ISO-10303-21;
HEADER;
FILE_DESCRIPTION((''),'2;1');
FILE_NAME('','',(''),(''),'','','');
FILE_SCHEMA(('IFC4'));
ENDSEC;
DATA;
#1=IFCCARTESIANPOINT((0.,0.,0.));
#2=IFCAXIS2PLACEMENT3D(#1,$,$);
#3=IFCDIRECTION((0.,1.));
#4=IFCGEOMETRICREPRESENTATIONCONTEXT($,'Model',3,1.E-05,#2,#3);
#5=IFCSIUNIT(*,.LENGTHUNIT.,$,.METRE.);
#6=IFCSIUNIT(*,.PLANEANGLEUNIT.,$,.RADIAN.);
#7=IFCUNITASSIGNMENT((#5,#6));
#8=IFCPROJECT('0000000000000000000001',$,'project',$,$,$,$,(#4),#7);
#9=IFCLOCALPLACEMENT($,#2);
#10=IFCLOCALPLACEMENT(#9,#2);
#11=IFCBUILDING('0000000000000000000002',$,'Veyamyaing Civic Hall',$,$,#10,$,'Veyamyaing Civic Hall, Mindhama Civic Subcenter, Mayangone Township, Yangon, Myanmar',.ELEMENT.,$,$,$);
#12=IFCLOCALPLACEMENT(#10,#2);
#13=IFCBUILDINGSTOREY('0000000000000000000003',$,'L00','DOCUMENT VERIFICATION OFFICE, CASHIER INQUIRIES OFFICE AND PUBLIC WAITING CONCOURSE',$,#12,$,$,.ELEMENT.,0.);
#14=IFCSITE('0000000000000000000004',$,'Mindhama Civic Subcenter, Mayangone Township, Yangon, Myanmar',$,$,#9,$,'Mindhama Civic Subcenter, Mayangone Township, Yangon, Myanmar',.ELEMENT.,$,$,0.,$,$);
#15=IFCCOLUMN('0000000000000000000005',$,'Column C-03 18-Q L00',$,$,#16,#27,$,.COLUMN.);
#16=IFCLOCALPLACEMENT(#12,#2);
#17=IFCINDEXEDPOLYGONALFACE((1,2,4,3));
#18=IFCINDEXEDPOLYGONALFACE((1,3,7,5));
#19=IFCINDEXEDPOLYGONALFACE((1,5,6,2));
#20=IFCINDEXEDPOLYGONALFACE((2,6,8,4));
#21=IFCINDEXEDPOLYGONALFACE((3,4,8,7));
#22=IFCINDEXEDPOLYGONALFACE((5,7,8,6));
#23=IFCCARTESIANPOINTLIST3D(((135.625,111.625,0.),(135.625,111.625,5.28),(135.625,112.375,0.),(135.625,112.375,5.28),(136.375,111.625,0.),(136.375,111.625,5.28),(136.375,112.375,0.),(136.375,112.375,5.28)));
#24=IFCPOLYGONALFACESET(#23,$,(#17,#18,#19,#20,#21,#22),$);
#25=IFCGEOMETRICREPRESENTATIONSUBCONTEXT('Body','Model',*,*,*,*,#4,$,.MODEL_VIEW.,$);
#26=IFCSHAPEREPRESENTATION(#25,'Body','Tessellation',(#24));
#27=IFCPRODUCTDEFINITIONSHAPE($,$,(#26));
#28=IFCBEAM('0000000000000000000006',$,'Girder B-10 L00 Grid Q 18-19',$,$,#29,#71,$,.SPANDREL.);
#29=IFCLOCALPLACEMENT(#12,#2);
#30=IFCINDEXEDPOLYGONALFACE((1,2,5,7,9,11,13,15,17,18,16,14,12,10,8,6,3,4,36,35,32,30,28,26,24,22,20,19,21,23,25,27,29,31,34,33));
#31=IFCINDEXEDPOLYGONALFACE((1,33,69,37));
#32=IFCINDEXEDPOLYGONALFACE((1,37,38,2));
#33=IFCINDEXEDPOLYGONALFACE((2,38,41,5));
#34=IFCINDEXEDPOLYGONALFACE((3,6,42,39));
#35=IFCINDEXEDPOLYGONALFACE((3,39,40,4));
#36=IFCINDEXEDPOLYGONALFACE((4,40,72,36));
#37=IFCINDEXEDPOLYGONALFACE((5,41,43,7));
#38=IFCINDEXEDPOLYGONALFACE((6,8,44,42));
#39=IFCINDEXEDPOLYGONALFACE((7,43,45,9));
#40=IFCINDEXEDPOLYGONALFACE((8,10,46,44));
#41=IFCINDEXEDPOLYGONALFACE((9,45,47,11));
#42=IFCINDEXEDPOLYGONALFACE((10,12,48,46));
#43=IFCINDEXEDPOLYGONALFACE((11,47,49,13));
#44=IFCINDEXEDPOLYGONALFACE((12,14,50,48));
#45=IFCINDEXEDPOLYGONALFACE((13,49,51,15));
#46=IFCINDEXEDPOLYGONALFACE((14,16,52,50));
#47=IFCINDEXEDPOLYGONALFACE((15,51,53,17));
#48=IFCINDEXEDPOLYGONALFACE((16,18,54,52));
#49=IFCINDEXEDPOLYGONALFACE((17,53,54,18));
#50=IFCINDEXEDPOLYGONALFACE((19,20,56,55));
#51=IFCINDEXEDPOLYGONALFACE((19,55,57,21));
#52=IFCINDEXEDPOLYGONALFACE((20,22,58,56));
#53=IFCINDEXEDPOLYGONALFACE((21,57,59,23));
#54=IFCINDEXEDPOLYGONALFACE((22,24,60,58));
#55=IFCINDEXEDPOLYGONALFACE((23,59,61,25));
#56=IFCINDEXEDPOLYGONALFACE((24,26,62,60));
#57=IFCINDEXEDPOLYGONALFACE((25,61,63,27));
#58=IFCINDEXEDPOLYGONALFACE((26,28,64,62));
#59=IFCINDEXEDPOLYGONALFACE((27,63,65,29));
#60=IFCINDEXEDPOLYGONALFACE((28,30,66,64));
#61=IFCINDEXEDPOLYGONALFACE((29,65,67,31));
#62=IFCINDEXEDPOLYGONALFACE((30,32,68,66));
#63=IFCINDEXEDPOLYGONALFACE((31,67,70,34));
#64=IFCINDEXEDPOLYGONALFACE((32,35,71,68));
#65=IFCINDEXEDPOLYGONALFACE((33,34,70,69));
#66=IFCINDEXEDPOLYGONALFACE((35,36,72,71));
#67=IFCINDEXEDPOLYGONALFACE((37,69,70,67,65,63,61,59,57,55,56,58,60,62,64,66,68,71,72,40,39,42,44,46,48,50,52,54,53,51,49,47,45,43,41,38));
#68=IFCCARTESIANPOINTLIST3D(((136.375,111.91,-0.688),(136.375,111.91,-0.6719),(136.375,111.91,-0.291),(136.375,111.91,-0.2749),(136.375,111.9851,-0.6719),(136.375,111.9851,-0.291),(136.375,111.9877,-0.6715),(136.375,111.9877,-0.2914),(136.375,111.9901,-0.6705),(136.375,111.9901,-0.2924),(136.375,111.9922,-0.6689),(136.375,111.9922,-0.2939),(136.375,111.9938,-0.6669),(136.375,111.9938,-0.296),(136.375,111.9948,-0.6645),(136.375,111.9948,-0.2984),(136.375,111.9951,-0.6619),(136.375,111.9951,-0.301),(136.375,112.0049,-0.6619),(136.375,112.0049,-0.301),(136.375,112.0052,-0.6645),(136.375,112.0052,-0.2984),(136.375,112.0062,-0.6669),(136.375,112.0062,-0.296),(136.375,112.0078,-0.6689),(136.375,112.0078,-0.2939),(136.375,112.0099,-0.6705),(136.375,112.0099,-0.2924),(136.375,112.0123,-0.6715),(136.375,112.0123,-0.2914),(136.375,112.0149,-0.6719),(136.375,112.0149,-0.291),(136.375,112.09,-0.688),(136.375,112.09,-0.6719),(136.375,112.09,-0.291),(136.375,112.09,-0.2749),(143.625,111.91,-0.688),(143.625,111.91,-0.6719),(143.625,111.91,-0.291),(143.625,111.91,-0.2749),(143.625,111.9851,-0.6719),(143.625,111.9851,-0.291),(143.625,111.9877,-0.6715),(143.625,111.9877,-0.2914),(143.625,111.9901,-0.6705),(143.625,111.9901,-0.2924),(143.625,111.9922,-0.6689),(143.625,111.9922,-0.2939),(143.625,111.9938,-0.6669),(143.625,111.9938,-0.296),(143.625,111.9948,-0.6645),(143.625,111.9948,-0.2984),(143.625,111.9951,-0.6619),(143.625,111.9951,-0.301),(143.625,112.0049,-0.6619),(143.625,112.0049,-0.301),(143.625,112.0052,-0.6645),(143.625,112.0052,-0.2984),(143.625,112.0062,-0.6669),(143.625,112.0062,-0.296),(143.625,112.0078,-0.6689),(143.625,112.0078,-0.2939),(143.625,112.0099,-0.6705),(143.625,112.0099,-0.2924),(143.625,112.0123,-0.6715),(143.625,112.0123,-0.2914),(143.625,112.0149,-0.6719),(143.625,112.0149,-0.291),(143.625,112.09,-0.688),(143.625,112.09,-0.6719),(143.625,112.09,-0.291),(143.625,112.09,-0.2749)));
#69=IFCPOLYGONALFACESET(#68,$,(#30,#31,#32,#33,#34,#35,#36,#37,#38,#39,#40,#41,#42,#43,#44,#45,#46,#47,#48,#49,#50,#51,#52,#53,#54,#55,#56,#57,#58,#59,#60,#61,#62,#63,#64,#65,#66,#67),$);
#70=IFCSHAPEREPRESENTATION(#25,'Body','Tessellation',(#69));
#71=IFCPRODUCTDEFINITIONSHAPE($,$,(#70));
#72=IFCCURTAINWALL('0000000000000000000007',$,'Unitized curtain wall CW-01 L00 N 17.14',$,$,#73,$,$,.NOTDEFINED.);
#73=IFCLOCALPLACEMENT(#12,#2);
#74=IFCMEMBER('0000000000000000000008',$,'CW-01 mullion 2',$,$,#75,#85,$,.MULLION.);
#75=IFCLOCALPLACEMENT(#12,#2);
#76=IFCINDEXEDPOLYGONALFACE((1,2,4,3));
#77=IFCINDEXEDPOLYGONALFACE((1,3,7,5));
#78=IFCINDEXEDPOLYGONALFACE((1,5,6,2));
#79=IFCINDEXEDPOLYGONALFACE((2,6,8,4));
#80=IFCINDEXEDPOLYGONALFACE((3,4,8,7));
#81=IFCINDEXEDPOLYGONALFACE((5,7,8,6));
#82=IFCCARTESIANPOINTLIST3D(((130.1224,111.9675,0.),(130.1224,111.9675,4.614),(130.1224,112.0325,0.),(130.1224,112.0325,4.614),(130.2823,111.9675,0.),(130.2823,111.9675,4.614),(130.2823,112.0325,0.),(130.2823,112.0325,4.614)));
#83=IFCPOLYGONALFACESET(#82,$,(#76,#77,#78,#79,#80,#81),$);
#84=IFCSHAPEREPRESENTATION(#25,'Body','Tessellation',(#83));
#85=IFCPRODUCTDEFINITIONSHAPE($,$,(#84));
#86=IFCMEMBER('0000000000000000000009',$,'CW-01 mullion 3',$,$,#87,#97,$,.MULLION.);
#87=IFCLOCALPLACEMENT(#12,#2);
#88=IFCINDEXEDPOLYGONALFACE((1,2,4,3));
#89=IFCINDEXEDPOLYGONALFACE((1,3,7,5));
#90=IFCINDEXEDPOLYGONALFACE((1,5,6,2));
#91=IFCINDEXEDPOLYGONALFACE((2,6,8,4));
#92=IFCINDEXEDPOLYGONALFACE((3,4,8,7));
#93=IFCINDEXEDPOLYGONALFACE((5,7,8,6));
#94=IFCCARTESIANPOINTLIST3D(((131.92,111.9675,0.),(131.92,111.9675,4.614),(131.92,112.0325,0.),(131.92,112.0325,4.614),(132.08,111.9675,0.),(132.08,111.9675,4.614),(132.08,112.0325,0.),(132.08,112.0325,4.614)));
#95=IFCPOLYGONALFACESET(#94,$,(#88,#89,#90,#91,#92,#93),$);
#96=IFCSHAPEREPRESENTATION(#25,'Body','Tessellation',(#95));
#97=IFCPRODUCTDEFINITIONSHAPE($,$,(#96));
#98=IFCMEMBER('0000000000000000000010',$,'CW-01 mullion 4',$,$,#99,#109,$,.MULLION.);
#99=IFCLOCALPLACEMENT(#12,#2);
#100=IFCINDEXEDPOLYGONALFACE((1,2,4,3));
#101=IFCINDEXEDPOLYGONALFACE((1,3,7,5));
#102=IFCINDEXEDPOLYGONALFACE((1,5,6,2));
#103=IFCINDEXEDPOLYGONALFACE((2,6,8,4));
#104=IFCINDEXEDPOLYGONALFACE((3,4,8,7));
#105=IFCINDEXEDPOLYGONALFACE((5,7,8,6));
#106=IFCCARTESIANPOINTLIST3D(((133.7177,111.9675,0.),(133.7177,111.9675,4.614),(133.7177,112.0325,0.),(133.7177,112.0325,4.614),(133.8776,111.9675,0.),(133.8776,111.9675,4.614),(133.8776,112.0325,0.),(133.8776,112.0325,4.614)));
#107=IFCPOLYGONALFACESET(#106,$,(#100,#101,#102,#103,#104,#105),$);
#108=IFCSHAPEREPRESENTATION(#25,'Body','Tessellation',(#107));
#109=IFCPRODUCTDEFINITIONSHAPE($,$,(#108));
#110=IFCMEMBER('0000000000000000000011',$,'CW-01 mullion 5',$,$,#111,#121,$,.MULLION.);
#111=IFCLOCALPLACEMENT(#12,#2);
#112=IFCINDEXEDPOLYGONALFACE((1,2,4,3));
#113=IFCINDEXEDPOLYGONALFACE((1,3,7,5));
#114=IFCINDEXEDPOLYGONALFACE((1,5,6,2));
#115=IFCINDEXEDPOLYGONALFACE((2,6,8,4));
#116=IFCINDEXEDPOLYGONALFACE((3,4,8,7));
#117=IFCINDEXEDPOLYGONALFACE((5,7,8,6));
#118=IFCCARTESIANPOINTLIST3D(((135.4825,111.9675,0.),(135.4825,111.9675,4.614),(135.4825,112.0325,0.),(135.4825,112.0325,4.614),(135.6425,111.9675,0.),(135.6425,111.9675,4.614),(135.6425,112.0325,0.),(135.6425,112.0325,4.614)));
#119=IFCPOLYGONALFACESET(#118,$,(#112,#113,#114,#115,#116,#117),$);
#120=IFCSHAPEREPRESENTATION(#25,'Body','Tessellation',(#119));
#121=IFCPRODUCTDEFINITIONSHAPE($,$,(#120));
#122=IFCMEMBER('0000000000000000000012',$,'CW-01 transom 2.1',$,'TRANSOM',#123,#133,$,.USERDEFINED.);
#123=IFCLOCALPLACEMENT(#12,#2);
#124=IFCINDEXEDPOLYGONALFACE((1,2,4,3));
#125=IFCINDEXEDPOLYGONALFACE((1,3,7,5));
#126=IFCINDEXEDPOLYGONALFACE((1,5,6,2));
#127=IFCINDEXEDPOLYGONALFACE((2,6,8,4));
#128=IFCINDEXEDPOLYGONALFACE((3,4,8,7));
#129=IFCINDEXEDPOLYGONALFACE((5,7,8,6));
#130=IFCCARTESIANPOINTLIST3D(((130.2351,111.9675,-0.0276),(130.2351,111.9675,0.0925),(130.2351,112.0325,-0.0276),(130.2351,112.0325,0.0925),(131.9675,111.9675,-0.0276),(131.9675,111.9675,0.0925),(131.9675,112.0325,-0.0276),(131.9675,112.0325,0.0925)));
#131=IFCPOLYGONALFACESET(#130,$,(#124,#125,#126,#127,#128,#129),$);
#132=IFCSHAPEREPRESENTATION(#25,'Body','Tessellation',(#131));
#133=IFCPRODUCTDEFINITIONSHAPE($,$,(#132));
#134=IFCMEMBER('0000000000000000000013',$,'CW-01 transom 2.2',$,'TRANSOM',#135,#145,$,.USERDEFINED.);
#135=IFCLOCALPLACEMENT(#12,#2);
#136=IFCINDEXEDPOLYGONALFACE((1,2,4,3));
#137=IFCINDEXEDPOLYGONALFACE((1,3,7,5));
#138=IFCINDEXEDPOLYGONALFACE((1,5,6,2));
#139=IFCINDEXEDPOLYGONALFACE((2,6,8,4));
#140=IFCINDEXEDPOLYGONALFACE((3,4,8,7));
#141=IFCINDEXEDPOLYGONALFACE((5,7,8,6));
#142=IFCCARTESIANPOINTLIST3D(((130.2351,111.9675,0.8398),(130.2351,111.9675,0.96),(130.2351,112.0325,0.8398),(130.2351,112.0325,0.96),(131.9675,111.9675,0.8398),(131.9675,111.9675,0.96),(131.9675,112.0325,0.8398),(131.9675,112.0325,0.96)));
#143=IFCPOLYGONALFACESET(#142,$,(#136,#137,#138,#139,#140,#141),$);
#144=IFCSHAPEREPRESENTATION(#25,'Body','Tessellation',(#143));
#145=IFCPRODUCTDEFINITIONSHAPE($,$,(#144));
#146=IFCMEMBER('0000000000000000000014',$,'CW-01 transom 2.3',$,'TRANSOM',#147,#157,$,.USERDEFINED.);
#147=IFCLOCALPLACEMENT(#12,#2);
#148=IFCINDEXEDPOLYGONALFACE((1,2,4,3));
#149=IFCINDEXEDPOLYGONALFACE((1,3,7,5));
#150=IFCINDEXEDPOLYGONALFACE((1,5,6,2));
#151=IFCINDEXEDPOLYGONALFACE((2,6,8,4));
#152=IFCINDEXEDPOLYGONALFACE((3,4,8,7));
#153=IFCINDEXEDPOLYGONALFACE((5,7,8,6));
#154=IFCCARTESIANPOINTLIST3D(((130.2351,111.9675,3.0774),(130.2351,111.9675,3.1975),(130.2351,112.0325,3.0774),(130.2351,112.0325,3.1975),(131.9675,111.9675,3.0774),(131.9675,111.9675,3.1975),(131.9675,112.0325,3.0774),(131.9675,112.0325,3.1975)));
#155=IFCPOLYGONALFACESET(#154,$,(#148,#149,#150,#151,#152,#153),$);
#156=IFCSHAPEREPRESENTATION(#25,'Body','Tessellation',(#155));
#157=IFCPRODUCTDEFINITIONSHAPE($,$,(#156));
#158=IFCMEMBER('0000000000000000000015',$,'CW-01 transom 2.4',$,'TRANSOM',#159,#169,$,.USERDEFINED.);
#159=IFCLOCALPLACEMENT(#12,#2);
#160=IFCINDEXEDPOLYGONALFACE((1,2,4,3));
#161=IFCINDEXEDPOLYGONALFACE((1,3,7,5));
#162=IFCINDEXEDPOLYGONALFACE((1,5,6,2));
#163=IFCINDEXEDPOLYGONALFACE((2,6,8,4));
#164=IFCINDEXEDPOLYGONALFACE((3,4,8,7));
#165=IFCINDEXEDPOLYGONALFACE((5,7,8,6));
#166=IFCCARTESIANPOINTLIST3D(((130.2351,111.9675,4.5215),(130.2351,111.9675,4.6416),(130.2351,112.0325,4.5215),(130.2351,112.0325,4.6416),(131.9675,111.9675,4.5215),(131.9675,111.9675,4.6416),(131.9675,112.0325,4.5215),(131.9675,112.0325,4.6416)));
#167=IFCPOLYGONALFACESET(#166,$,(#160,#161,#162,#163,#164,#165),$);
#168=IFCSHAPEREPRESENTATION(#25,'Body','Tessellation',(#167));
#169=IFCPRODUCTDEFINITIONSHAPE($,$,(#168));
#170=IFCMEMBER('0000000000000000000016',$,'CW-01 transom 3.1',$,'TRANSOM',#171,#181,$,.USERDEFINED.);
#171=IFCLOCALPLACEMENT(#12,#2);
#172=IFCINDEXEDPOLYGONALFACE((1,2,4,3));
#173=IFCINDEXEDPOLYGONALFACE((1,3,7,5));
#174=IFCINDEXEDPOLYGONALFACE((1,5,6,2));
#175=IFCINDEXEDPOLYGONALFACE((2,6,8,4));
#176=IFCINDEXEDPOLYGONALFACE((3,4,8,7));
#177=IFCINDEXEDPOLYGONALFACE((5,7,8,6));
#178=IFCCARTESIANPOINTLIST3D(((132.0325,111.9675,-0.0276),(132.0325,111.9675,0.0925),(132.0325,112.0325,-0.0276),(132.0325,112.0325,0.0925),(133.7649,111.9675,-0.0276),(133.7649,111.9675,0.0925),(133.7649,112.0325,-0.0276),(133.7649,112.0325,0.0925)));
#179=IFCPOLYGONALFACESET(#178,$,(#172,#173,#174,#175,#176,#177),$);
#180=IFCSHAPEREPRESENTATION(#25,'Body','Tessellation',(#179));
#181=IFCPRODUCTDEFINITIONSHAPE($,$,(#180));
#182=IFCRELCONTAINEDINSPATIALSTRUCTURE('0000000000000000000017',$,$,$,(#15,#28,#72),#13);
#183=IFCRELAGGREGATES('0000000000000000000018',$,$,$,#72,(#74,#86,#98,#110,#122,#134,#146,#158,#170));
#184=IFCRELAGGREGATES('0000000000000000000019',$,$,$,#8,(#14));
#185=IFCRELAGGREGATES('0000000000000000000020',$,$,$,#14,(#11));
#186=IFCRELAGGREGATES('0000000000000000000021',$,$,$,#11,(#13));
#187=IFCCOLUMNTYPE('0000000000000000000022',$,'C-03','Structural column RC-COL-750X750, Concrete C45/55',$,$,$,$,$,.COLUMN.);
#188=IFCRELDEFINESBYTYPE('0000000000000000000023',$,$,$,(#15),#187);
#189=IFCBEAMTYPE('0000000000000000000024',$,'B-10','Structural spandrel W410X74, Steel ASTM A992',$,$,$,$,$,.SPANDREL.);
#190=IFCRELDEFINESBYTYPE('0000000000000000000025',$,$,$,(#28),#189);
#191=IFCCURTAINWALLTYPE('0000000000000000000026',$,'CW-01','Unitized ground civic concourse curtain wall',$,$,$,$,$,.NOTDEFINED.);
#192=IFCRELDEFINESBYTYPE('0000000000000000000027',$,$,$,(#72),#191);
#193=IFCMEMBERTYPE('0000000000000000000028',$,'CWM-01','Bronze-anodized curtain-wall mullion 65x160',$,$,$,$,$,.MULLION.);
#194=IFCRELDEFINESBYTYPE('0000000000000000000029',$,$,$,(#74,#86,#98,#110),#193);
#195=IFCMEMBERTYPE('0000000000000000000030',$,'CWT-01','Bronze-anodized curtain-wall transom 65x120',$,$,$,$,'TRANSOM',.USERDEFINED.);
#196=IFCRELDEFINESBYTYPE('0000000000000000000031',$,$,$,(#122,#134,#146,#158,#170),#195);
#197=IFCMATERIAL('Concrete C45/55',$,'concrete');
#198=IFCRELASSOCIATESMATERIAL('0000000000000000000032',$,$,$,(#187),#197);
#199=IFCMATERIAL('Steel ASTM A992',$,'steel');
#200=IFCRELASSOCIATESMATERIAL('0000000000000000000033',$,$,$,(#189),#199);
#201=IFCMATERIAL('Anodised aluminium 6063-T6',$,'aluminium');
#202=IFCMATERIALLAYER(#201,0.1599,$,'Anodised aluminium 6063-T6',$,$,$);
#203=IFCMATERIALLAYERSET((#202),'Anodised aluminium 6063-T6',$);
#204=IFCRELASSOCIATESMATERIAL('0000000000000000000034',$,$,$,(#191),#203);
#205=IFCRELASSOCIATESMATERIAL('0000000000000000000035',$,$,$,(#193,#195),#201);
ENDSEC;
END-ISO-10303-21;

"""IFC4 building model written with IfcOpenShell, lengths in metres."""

from ifc_helpers import new_model, si_unit, direction, frame, origin, origin_2d, place, context, subcontext, project, spatial, rectangle, i_section, extrude, material, layer, layer_set, material_profile, profile_set, type_object, element, aggregate, save


model = new_model("IFC4")

# Units and contexts
model_context = context("Model", 3, precision=1e-05, world=origin(), true_north=direction((0.0, 1.0)))
body_context = subcontext(model_context, "Body", "Model", "MODEL_VIEW")
ifc_project = project(units=[si_unit("LENGTHUNIT", "METRE"), si_unit("PLANEANGLEUNIT", "RADIAN")], contexts=[model_context])

# Site, building, storey
site_placement = place(None, origin())
site = spatial("IfcSite", under=ifc_project, at=site_placement, Name="Mindhama Civic Subcenter, Mayangone Township, Yangon, Myanmar", LongName="Mindhama Civic Subcenter, Mayangone Township, Yangon, Myanmar", CompositionType="ELEMENT", RefElevation=0.0)
building_placement = place(site_placement, origin())
building = spatial("IfcBuilding", under=site, at=building_placement, Name="Veyamyaing Civic Hall", LongName="Veyamyaing Civic Hall, Mindhama Civic Subcenter, Mayangone Township, Yangon, Myanmar", CompositionType="ELEMENT")
storey_placement = place(building_placement, origin())
storey = spatial("IfcBuildingStorey", under=building, at=storey_placement, Name="L00", Description="DOCUMENT VERIFICATION OFFICE, CASHIER INQUIRIES OFFICE AND PUBLIC WAITING CONCOURSE", CompositionType="ELEMENT", Elevation=0.0)

# Column
ifc_material_1 = material(Name="Concrete C45/55", Category="concrete")
ifc_material_profile_1 = material_profile(ifc_material_1, rectangle(XDim=0.75, YDim=0.75, at=origin_2d()), Name="RC-COL-750X750")
ifc_profile_set_1 = profile_set([ifc_material_profile_1], Name="Concrete C45/55")
column_type = type_object("IfcColumnType", Name="C-03", Description="Structural column RC-COL-750X750, Concrete C45/55", PredefinedType="COLUMN", material=ifc_profile_set_1)
column_placement = place(storey_placement, frame((136.0, 112.0, 0.0), z_axis=(0.0, 0.0, 1.0), x_axis=(1.0, 0.0, 0.0)))
element("IfcColumn", 1, at=column_placement, inside=storey, type_object=column_type, Name="Column C-03 18-Q L00", PredefinedType="COLUMN", context=body_context, shape_type="SweptSolid", body=[
    extrude(rectangle(XDim=0.75, YDim=0.75, at=origin_2d()), origin(), (0.0, 0.0, 1.0), 5.28),
])

# Beam
ifc_material_2 = material(Name="Steel ASTM A992", Category="steel")
ifc_material_profile_2 = material_profile(ifc_material_2, i_section(OverallWidth=0.1799, OverallDepth=0.4131, WebThickness=0.0098, FlangeThickness=0.0161, FilletRadius=0.01, at=origin_2d()), Name="W410X74")
ifc_profile_set_2 = profile_set([ifc_material_profile_2], Name="Steel ASTM A992")
beam_type_1 = type_object("IfcBeamType", Name="B-10", Description="Structural spandrel W410X74, Steel ASTM A992", PredefinedType="SPANDREL", material=ifc_profile_set_2)
beam_1_placement = place(storey_placement, frame((136.375, 112.0, -0.4814), z_axis=(1.0, 0.0, 0.0), x_axis=(0.0, 1.0, 0.0)))
element("IfcBeam", 2, at=beam_1_placement, inside=storey, type_object=beam_type_1, Name="Girder B-10 L00 Grid Q 18-19", PredefinedType="SPANDREL", context=body_context, shape_type="SweptSolid", body=[
    extrude(i_section(OverallWidth=0.1799, OverallDepth=0.4131, WebThickness=0.0098, FlangeThickness=0.0161, FilletRadius=0.01, at=origin_2d()), origin(), (0.0, 0.0, 1.0), 7.25),
])

# Curtain wall, members
ifc_material_3 = material(Name="Anodised aluminium 6063-T6", Category="aluminium")
ifc_layer_1 = layer(ifc_material_3, 0.1599, Name="Anodised aluminium 6063-T6")
ifc_layer_set_1 = layer_set([ifc_layer_1], Name="Anodised aluminium 6063-T6")
curtain_wall_type = type_object("IfcCurtainWallType", Name="CW-01", Description="Unitized ground civic concourse curtain wall", PredefinedType="NOTDEFINED", material=ifc_layer_set_1)
curtain_wall_placement = place(storey_placement, origin())
curtain_wall = element("IfcCurtainWall", 3, at=curtain_wall_placement, inside=storey, type_object=curtain_wall_type, Name="Unitized curtain wall CW-01 L00 N 17.14", PredefinedType="NOTDEFINED")
ifc_material_profile_3 = material_profile(ifc_material_3, rectangle(XDim=0.0649, YDim=0.1599, at=origin_2d()), Name="ALU-MUL-65X160")
ifc_profile_set_3 = profile_set([ifc_material_profile_3], Name="Anodised aluminium 6063-T6")
member_type_1 = type_object("IfcMemberType", Name="CWM-01", Description="Bronze-anodized curtain-wall mullion 65x160", PredefinedType="MULLION", material=ifc_profile_set_3)
member_1_placement = place(storey_placement, frame((130.2024, 112.0, 0.0), z_axis=(0.0, 0.0, 1.0), x_axis=(0.0, 1.0, 0.0)))
member_1 = element("IfcMember", 4, at=member_1_placement, type_object=member_type_1, Name="CW-01 mullion 2", PredefinedType="MULLION", context=body_context, shape_type="SweptSolid", body=[
    extrude(rectangle(XDim=0.0649, YDim=0.1599, at=origin_2d()), origin(), (0.0, 0.0, 1.0), 4.614),
])
member_2_placement = place(storey_placement, frame((132.0, 112.0, 0.0), z_axis=(0.0, 0.0, 1.0), x_axis=(0.0, 1.0, 0.0)))
member_2 = element("IfcMember", 5, at=member_2_placement, type_object=member_type_1, Name="CW-01 mullion 3", PredefinedType="MULLION", context=body_context, shape_type="SweptSolid", body=[
    extrude(rectangle(XDim=0.0649, YDim=0.1599, at=origin_2d()), origin(), (0.0, 0.0, 1.0), 4.614),
])
member_3_placement = place(storey_placement, frame((133.7976, 112.0, 0.0), z_axis=(0.0, 0.0, 1.0), x_axis=(0.0, 1.0, 0.0)))
member_3 = element("IfcMember", 6, at=member_3_placement, type_object=member_type_1, Name="CW-01 mullion 4", PredefinedType="MULLION", context=body_context, shape_type="SweptSolid", body=[
    extrude(rectangle(XDim=0.0649, YDim=0.1599, at=origin_2d()), origin(), (0.0, 0.0, 1.0), 4.614),
])
member_4_placement = place(storey_placement, frame((135.5625, 112.0, 0.0), z_axis=(0.0, 0.0, 1.0), x_axis=(0.0, 1.0, 0.0)))
member_4 = element("IfcMember", 7, at=member_4_placement, type_object=member_type_1, Name="CW-01 mullion 5", PredefinedType="MULLION", context=body_context, shape_type="SweptSolid", body=[
    extrude(rectangle(XDim=0.0649, YDim=0.1599, at=origin_2d()), origin(), (0.0, 0.0, 1.0), 4.614),
])
ifc_material_profile_4 = material_profile(ifc_material_3, rectangle(XDim=0.0649, YDim=0.1201, at=origin_2d()), Name="ALU-TRN-65X120")
ifc_profile_set_4 = profile_set([ifc_material_profile_4], Name="Anodised aluminium 6063-T6")
member_type_2 = type_object("IfcMemberType", Name="CWT-01", Description="Bronze-anodized curtain-wall transom 65x120", ElementType="TRANSOM", PredefinedType="USERDEFINED", material=ifc_profile_set_4)
member_5_placement = place(storey_placement, frame((130.2351, 112.0, 0.0325), z_axis=(1.0, 0.0, 0.0), x_axis=(0.0, 1.0, 0.0)))
member_5 = element("IfcMember", 8, at=member_5_placement, type_object=member_type_2, Name="CW-01 transom 2.1", ObjectType="TRANSOM", PredefinedType="USERDEFINED", context=body_context, shape_type="SweptSolid", body=[
    extrude(rectangle(XDim=0.0649, YDim=0.1201, at=origin_2d()), origin(), (0.0, 0.0, 1.0), 1.7324),
])
member_6_placement = place(storey_placement, frame((130.2351, 112.0, 0.8999), z_axis=(1.0, 0.0, 0.0), x_axis=(0.0, 1.0, 0.0)))
member_6 = element("IfcMember", 9, at=member_6_placement, type_object=member_type_2, Name="CW-01 transom 2.2", ObjectType="TRANSOM", PredefinedType="USERDEFINED", context=body_context, shape_type="SweptSolid", body=[
    extrude(rectangle(XDim=0.0649, YDim=0.1201, at=origin_2d()), origin(), (0.0, 0.0, 1.0), 1.7324),
])
member_7_placement = place(storey_placement, frame((130.2351, 112.0, 3.1375), z_axis=(1.0, 0.0, 0.0), x_axis=(0.0, 1.0, 0.0)))
member_7 = element("IfcMember", 10, at=member_7_placement, type_object=member_type_2, Name="CW-01 transom 2.3", ObjectType="TRANSOM", PredefinedType="USERDEFINED", context=body_context, shape_type="SweptSolid", body=[
    extrude(rectangle(XDim=0.0649, YDim=0.1201, at=origin_2d()), origin(), (0.0, 0.0, 1.0), 1.7324),
])
member_8_placement = place(storey_placement, frame((130.2351, 112.0, 4.5815), z_axis=(1.0, 0.0, 0.0), x_axis=(0.0, 1.0, 0.0)))
member_8 = element("IfcMember", 11, at=member_8_placement, type_object=member_type_2, Name="CW-01 transom 2.4", ObjectType="TRANSOM", PredefinedType="USERDEFINED", context=body_context, shape_type="SweptSolid", body=[
    extrude(rectangle(XDim=0.0649, YDim=0.1201, at=origin_2d()), origin(), (0.0, 0.0, 1.0), 1.7324),
])
member_9_placement = place(storey_placement, frame((132.0325, 112.0, 0.0325), z_axis=(1.0, 0.0, 0.0), x_axis=(0.0, 1.0, 0.0)))
member_9 = element("IfcMember", 12, at=member_9_placement, type_object=member_type_2, Name="CW-01 transom 3.1", ObjectType="TRANSOM", PredefinedType="USERDEFINED", context=body_context, shape_type="SweptSolid", body=[
    extrude(rectangle(XDim=0.0649, YDim=0.1201, at=origin_2d()), origin(), (0.0, 0.0, 1.0), 1.7324),
])

aggregate(curtain_wall, [member_1, member_2, member_3, member_4, member_5, member_6, member_7, member_8, member_9])

save(model, "model.ifc")
